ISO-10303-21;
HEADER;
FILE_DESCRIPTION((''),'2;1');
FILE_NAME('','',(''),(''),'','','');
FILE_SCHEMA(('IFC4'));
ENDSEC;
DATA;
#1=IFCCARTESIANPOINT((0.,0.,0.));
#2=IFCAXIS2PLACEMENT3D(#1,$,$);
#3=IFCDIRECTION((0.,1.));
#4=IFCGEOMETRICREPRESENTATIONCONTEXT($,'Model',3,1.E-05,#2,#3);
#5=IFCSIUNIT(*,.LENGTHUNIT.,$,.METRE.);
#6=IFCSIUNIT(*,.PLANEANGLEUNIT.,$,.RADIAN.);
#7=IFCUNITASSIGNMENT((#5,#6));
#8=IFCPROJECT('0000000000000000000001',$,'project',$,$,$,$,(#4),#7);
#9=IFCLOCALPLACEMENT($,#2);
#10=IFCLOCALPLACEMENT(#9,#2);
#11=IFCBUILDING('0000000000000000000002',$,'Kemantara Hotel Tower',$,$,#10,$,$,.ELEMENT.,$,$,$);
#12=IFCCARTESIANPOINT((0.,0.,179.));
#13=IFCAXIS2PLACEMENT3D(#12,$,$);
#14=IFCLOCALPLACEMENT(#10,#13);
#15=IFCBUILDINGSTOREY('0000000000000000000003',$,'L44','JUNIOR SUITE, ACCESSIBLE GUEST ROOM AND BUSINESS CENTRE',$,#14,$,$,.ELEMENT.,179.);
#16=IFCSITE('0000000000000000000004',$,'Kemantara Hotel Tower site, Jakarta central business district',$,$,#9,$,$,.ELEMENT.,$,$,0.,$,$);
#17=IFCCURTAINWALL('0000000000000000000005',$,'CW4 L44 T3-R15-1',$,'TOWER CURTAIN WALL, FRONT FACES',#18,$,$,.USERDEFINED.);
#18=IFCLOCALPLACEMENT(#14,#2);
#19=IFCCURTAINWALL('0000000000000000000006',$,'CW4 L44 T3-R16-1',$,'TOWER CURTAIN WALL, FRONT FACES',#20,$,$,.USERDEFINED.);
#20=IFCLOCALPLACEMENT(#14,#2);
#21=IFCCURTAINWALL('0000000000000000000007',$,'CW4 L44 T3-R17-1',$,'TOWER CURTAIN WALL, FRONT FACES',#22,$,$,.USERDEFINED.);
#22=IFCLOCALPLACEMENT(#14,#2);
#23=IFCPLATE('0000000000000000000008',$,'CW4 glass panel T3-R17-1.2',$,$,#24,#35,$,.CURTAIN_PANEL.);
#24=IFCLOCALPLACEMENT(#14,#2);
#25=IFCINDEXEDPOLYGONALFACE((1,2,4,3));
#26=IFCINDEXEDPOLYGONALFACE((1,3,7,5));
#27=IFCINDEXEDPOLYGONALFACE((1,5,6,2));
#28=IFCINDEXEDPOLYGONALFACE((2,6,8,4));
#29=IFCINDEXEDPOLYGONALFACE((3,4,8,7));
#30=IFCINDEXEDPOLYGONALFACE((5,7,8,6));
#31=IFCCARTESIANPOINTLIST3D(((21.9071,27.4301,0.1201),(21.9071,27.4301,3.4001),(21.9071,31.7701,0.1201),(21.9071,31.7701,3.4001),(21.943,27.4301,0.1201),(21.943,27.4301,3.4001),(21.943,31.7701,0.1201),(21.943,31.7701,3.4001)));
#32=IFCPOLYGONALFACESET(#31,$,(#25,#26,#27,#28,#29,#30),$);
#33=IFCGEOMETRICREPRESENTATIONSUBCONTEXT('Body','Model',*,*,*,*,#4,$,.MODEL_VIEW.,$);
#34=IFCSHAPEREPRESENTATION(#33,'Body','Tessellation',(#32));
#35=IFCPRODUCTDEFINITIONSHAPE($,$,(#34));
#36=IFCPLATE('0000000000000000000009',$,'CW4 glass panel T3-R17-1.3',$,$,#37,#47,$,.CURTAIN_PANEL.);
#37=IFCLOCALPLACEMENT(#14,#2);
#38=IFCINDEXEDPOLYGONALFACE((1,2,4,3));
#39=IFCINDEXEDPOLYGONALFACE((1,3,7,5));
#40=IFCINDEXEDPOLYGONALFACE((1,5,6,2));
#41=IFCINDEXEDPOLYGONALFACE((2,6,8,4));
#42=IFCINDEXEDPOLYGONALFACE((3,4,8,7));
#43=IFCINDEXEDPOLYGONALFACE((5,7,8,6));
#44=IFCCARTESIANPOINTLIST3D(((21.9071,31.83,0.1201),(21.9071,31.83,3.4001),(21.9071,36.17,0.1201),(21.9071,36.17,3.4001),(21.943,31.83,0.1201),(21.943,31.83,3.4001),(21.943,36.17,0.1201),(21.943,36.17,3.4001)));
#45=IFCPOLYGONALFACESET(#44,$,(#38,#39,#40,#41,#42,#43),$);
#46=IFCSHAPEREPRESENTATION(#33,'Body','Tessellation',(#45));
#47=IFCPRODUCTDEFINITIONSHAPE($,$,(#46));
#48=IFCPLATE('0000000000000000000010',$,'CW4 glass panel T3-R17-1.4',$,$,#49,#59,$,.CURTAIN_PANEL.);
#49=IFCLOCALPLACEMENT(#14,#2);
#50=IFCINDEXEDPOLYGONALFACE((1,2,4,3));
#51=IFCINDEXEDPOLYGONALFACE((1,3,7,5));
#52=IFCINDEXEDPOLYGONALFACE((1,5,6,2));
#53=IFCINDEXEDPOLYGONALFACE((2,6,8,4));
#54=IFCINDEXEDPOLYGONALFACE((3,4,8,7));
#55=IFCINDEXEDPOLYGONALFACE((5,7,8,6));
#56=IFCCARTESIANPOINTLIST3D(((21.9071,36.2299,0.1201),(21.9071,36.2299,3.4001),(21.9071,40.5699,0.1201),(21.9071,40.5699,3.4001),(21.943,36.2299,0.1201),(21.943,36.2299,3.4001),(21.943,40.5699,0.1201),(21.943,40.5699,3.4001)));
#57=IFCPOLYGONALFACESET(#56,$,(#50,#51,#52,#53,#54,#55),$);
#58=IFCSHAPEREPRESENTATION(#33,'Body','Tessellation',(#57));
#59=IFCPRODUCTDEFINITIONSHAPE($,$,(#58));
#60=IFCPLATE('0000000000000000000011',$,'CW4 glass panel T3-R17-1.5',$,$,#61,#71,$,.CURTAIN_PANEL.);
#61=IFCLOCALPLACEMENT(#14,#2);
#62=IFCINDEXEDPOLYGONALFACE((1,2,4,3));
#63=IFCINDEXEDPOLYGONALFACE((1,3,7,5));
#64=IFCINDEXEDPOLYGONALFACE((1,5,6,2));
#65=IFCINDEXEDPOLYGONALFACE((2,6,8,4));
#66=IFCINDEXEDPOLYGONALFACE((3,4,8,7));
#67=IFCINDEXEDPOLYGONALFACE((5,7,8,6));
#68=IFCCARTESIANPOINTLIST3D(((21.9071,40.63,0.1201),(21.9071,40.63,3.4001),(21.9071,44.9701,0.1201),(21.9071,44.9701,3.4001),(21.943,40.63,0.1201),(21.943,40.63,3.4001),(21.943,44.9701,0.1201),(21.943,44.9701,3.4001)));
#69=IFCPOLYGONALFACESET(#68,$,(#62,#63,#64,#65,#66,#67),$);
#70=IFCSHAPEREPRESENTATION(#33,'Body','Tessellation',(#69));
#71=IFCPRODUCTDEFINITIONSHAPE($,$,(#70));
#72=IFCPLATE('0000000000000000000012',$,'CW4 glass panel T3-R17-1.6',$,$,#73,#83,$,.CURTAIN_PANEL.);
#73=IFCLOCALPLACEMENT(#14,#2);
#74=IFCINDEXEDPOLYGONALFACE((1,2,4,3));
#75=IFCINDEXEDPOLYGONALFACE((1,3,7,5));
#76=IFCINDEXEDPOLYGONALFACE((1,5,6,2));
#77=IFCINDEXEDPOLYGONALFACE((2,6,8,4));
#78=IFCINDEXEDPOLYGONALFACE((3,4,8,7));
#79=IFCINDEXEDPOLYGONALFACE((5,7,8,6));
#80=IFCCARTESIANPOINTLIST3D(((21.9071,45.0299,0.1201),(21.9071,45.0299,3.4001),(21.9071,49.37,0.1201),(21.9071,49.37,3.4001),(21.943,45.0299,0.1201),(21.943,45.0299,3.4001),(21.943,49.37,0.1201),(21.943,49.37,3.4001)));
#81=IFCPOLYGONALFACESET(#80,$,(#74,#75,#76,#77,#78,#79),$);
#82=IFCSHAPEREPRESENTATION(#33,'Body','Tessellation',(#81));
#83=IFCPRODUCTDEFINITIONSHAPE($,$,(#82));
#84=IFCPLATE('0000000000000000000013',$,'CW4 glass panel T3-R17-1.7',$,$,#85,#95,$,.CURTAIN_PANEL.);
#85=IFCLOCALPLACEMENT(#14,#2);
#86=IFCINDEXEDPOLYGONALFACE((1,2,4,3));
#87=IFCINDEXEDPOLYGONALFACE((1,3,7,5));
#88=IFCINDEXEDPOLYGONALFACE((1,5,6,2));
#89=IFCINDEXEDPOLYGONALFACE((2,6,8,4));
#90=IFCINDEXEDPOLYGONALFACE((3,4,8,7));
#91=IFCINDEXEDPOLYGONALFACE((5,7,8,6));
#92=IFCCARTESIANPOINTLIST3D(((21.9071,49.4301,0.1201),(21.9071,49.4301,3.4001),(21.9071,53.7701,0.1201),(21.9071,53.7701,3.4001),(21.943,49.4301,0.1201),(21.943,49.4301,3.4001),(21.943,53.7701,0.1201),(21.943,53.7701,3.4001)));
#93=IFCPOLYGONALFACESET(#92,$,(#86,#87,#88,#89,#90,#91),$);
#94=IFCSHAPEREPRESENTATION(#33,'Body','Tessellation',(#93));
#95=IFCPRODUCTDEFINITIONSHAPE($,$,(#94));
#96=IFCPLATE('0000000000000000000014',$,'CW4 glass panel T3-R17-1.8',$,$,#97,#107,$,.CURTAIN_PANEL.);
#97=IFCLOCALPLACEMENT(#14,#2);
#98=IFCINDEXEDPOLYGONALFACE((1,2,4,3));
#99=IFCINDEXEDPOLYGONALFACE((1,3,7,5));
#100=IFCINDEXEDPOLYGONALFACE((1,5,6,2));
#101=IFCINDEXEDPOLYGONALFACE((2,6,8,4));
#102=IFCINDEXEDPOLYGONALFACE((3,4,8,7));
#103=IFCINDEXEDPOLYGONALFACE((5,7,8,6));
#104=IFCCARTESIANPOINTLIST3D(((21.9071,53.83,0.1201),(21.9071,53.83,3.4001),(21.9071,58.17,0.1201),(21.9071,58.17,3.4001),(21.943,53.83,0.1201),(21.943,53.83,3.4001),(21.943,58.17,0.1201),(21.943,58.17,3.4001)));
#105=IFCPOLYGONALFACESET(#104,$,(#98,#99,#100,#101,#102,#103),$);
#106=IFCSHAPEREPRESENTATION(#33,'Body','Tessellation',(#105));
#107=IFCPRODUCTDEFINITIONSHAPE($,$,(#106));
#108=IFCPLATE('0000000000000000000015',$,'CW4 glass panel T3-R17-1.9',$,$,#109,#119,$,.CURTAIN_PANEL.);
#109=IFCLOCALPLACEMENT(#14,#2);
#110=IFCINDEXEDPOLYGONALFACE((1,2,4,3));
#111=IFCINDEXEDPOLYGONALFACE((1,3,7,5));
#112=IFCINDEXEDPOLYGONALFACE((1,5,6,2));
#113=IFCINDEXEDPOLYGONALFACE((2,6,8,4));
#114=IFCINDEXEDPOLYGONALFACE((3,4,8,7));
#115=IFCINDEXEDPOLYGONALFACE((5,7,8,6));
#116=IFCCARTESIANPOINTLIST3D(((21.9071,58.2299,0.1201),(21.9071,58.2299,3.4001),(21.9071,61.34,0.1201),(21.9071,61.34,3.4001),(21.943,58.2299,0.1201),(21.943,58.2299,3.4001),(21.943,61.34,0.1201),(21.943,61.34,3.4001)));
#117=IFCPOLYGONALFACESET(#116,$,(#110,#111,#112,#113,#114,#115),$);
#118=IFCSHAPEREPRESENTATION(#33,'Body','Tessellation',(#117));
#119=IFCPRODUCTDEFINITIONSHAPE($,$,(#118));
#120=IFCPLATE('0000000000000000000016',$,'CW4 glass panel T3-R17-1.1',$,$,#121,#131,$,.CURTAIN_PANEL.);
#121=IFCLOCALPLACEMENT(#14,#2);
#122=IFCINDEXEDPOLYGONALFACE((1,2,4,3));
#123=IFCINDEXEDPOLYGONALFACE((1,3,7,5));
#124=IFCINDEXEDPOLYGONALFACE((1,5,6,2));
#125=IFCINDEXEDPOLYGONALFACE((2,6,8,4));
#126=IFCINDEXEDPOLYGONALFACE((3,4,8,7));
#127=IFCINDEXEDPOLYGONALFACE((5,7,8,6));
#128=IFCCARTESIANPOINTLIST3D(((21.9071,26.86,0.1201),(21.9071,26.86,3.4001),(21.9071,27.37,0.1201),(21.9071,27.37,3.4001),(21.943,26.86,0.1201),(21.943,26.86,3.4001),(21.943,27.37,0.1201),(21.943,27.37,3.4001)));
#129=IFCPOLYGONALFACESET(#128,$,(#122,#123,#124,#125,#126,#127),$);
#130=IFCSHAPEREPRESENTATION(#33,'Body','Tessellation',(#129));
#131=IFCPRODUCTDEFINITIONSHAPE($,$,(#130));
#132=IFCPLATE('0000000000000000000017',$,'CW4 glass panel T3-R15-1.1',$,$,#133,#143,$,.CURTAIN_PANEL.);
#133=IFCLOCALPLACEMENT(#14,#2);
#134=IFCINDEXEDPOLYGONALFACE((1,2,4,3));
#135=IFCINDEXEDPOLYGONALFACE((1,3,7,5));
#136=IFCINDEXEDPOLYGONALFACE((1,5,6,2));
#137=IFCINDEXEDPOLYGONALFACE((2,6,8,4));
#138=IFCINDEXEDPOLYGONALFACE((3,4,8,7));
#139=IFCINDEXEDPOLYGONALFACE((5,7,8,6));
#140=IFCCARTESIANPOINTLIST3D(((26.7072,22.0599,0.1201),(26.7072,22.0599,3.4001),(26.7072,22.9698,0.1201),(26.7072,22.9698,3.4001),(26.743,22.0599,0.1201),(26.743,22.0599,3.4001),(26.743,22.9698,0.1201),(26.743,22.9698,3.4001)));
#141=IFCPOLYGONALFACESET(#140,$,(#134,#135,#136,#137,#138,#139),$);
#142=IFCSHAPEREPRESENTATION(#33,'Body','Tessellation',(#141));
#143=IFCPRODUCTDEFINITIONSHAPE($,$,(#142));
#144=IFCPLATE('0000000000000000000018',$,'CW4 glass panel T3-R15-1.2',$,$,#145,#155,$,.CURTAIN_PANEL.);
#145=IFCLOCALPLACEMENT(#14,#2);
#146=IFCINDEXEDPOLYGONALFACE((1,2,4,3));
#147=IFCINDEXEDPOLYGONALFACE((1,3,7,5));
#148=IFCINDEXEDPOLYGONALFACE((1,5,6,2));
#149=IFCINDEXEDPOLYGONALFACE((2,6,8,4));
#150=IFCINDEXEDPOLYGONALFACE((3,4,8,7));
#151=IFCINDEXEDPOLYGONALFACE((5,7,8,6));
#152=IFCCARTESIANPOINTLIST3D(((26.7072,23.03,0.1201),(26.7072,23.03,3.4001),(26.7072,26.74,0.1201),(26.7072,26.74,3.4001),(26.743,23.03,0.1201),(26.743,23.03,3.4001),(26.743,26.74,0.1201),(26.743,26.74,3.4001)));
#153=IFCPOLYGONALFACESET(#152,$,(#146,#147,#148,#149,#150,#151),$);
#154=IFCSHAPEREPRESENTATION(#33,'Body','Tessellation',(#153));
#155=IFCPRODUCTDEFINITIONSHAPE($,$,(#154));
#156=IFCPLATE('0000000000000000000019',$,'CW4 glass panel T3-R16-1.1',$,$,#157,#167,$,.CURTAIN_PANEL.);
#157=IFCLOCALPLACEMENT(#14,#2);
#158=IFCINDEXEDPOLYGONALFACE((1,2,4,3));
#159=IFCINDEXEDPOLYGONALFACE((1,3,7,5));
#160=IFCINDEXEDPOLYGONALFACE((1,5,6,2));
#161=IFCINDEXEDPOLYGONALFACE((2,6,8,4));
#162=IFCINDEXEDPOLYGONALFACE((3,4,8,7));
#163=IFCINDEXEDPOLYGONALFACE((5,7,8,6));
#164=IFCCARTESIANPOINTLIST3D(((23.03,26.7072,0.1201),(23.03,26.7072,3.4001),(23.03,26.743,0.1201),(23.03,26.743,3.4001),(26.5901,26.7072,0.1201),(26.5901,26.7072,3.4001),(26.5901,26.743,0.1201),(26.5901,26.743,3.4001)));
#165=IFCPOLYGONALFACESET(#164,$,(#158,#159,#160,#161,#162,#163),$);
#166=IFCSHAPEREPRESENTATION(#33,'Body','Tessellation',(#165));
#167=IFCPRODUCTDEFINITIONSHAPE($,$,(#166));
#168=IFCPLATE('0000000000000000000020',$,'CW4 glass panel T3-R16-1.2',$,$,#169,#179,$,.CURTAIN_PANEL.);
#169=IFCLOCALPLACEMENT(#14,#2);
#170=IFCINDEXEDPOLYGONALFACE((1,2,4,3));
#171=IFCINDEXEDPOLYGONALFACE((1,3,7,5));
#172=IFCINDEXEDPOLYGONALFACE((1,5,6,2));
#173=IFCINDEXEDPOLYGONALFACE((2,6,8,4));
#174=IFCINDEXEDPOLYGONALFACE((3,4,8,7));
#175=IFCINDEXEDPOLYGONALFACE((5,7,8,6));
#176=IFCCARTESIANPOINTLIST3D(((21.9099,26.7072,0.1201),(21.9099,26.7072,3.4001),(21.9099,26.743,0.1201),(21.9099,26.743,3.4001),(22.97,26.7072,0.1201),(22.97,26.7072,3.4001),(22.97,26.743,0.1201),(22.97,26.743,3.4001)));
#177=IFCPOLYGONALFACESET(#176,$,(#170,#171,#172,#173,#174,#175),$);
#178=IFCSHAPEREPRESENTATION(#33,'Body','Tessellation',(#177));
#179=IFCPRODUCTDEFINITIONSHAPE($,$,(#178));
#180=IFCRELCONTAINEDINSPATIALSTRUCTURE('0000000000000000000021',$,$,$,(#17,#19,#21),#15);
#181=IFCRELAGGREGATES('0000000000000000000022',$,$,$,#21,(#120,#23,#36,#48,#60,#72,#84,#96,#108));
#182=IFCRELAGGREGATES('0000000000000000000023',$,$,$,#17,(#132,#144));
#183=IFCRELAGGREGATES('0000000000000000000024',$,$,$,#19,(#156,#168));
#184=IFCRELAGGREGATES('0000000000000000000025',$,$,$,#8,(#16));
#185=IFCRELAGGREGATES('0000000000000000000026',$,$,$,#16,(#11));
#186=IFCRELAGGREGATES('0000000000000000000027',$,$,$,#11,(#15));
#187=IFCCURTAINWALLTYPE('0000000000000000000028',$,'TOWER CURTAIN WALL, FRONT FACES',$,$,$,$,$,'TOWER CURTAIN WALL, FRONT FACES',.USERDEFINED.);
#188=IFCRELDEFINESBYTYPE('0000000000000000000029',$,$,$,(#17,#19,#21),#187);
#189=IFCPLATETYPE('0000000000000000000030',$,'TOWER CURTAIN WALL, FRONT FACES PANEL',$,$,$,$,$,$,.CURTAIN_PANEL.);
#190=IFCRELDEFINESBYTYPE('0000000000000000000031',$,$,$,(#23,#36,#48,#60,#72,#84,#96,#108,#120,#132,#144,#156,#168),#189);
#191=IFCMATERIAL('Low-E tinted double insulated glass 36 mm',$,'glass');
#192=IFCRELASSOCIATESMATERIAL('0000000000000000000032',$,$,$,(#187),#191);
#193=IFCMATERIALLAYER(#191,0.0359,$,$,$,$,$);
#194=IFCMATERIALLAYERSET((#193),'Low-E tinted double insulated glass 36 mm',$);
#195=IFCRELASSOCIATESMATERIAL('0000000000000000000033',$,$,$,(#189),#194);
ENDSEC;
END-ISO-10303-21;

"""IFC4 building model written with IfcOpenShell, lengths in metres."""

from ifc_helpers import new_model, si_unit, direction, frame, origin, origin_2d, place, context, subcontext, project, spatial, rectangle, extrude, source, transform, mapped, material, layer, layer_set, type_object, element, aggregate, save


model = new_model("IFC4")

# Units and contexts
model_context = context("Model", 3, precision=1e-05, world=origin(), true_north=direction((0.0, 1.0)))
body_context = subcontext(model_context, "Body", "Model", "MODEL_VIEW")
ifc_project = project(units=[si_unit("LENGTHUNIT", "METRE"), si_unit("PLANEANGLEUNIT", "RADIAN")], contexts=[model_context])

# Site, building, storey
site_placement = place(None, origin())
site = spatial("IfcSite", under=ifc_project, at=site_placement, Name="Kemantara Hotel Tower site, Jakarta central business district", CompositionType="ELEMENT", RefElevation=0.0)
building_placement = place(site_placement, origin())
building = spatial("IfcBuilding", under=site, at=building_placement, Name="Kemantara Hotel Tower", CompositionType="ELEMENT")
storey_placement = place(building_placement, frame((0.0, 0.0, 179.0)))
storey = spatial("IfcBuildingStorey", under=building, at=storey_placement, Name="L44", Description="JUNIOR SUITE, ACCESSIBLE GUEST ROOM AND BUSINESS CENTRE", CompositionType="ELEMENT", Elevation=179.0)

# Curtain walls
ifc_material_1 = material(Name="Low-E tinted double insulated glass 36 mm", Category="glass")
curtain_wall_type = type_object("IfcCurtainWallType", Name="TOWER CURTAIN WALL, FRONT FACES", ElementType="TOWER CURTAIN WALL, FRONT FACES", PredefinedType="USERDEFINED", material=ifc_material_1)
curtain_wall_1_placement = place(storey_placement, origin())
curtain_wall_1 = element("IfcCurtainWall", 1, at=curtain_wall_1_placement, inside=storey, type_object=curtain_wall_type, Name="CW4 L44 T3-R15-1", ObjectType="TOWER CURTAIN WALL, FRONT FACES", PredefinedType="USERDEFINED")
curtain_wall_2_placement = place(storey_placement, origin())
curtain_wall_2 = element("IfcCurtainWall", 2, at=curtain_wall_2_placement, inside=storey, type_object=curtain_wall_type, Name="CW4 L44 T3-R16-1", ObjectType="TOWER CURTAIN WALL, FRONT FACES", PredefinedType="USERDEFINED")

# Curtain wall, plates
curtain_wall_3_placement = place(storey_placement, origin())
curtain_wall_3 = element("IfcCurtainWall", 3, at=curtain_wall_3_placement, inside=storey, type_object=curtain_wall_type, Name="CW4 L44 T3-R17-1", ObjectType="TOWER CURTAIN WALL, FRONT FACES", PredefinedType="USERDEFINED")
ifc_layer_1 = layer(ifc_material_1, 0.0359)
ifc_layer_set_1 = layer_set([ifc_layer_1], Name="Low-E tinted double insulated glass 36 mm")
plate_type = type_object("IfcPlateType", Name="TOWER CURTAIN WALL, FRONT FACES PANEL", PredefinedType="CURTAIN_PANEL", material=ifc_layer_set_1)
shared_shape_1 = source(origin(), body_context, "Body", "SweptSolid", [
    extrude(rectangle(XDim=4.3401, YDim=0.0359, at=origin_2d()), origin(), (0.0, 0.0, 1.0), 3.28),
])
plate_1_placement = place(storey_placement, frame((21.925, 29.6001, 0.1201), z_axis=(0.0, 0.0, 1.0), x_axis=(0.0, 1.0, 0.0)))
plate_1 = element("IfcPlate", 4, at=plate_1_placement, type_object=plate_type, Name="CW4 glass panel T3-R17-1.2", PredefinedType="CURTAIN_PANEL", context=body_context, shape_type="MappedRepresentation", body=[
    mapped(shared_shape_1, transform((0.0, 0.0, 0.0))),
])
plate_2_placement = place(storey_placement, frame((21.925, 34.0, 0.1201), z_axis=(0.0, 0.0, 1.0), x_axis=(0.0, 1.0, 0.0)))
plate_2 = element("IfcPlate", 5, at=plate_2_placement, type_object=plate_type, Name="CW4 glass panel T3-R17-1.3", PredefinedType="CURTAIN_PANEL", context=body_context, shape_type="MappedRepresentation", body=[
    mapped(shared_shape_1, transform((0.0, 0.0, 0.0))),
])
plate_3_placement = place(storey_placement, frame((21.925, 38.3999, 0.1201), z_axis=(0.0, 0.0, 1.0), x_axis=(0.0, 1.0, 0.0)))
plate_3 = element("IfcPlate", 6, at=plate_3_placement, type_object=plate_type, Name="CW4 glass panel T3-R17-1.4", PredefinedType="CURTAIN_PANEL", context=body_context, shape_type="MappedRepresentation", body=[
    mapped(shared_shape_1, transform((0.0, 0.0, 0.0))),
])
plate_4_placement = place(storey_placement, frame((21.925, 42.8, 0.1201), z_axis=(0.0, 0.0, 1.0), x_axis=(0.0, 1.0, 0.0)))
plate_4 = element("IfcPlate", 7, at=plate_4_placement, type_object=plate_type, Name="CW4 glass panel T3-R17-1.5", PredefinedType="CURTAIN_PANEL", context=body_context, shape_type="MappedRepresentation", body=[
    mapped(shared_shape_1, transform((0.0, 0.0, 0.0))),
])
plate_5_placement = place(storey_placement, frame((21.925, 47.2, 0.1201), z_axis=(0.0, 0.0, 1.0), x_axis=(0.0, 1.0, 0.0)))
plate_5 = element("IfcPlate", 8, at=plate_5_placement, type_object=plate_type, Name="CW4 glass panel T3-R17-1.6", PredefinedType="CURTAIN_PANEL", context=body_context, shape_type="MappedRepresentation", body=[
    mapped(shared_shape_1, transform((0.0, 0.0, 0.0))),
])
plate_6_placement = place(storey_placement, frame((21.925, 51.6001, 0.1201), z_axis=(0.0, 0.0, 1.0), x_axis=(0.0, 1.0, 0.0)))
plate_6 = element("IfcPlate", 9, at=plate_6_placement, type_object=plate_type, Name="CW4 glass panel T3-R17-1.7", PredefinedType="CURTAIN_PANEL", context=body_context, shape_type="MappedRepresentation", body=[
    mapped(shared_shape_1, transform((0.0, 0.0, 0.0))),
])
plate_7_placement = place(storey_placement, frame((21.925, 56.0, 0.1201), z_axis=(0.0, 0.0, 1.0), x_axis=(0.0, 1.0, 0.0)))
plate_7 = element("IfcPlate", 10, at=plate_7_placement, type_object=plate_type, Name="CW4 glass panel T3-R17-1.8", PredefinedType="CURTAIN_PANEL", context=body_context, shape_type="MappedRepresentation", body=[
    mapped(shared_shape_1, transform((0.0, 0.0, 0.0))),
])
shared_shape_2 = source(origin(), body_context, "Body", "SweptSolid", [
    extrude(rectangle(XDim=3.1101, YDim=0.0359, at=origin_2d()), origin(), (0.0, 0.0, 1.0), 3.28),
])
plate_8_placement = place(storey_placement, frame((21.925, 59.7849, 0.1201), z_axis=(0.0, 0.0, 1.0), x_axis=(0.0, 1.0, 0.0)))
plate_8 = element("IfcPlate", 11, at=plate_8_placement, type_object=plate_type, Name="CW4 glass panel T3-R17-1.9", PredefinedType="CURTAIN_PANEL", context=body_context, shape_type="MappedRepresentation", body=[
    mapped(shared_shape_2, transform((0.0, 0.0, 0.0))),
])
shared_shape_3 = source(origin(), body_context, "Body", "SweptSolid", [
    extrude(rectangle(XDim=0.51, YDim=0.0359, at=origin_2d()), origin(), (0.0, 0.0, 1.0), 3.28),
])
plate_9_placement = place(storey_placement, frame((21.925, 27.115, 0.1201), z_axis=(0.0, 0.0, 1.0), x_axis=(0.0, 1.0, 0.0)))
plate_9 = element("IfcPlate", 12, at=plate_9_placement, type_object=plate_type, Name="CW4 glass panel T3-R17-1.1", PredefinedType="CURTAIN_PANEL", context=body_context, shape_type="MappedRepresentation", body=[
    mapped(shared_shape_3, transform((0.0, 0.0, 0.0))),
])
aggregate(curtain_wall_3, [plate_9, plate_1, plate_2, plate_3, plate_4, plate_5, plate_6, plate_7, plate_8])

# Plates
shared_shape_4 = source(origin(), body_context, "Body", "SweptSolid", [
    extrude(rectangle(XDim=0.9099, YDim=0.0359, at=origin_2d()), origin(), (0.0, 0.0, 1.0), 3.28),
])
plate_10_placement = place(storey_placement, frame((26.7251, 22.5149, 0.1201), z_axis=(0.0, 0.0, 1.0), x_axis=(0.0, 1.0, 0.0)))
plate_10 = element("IfcPlate", 13, at=plate_10_placement, type_object=plate_type, Name="CW4 glass panel T3-R15-1.1", PredefinedType="CURTAIN_PANEL", context=body_context, shape_type="MappedRepresentation", body=[
    mapped(shared_shape_4, transform((0.0, 0.0, 0.0))),
])
shared_shape_5 = source(origin(), body_context, "Body", "SweptSolid", [
    extrude(rectangle(XDim=3.71, YDim=0.0359, at=origin_2d()), origin(), (0.0, 0.0, 1.0), 3.28),
])
plate_11_placement = place(storey_placement, frame((26.7251, 24.885, 0.1201), z_axis=(0.0, 0.0, 1.0), x_axis=(0.0, 1.0, 0.0)))
plate_11 = element("IfcPlate", 14, at=plate_11_placement, type_object=plate_type, Name="CW4 glass panel T3-R15-1.2", PredefinedType="CURTAIN_PANEL", context=body_context, shape_type="MappedRepresentation", body=[
    mapped(shared_shape_5, transform((0.0, 0.0, 0.0))),
])
aggregate(curtain_wall_1, [plate_10, plate_11])
shared_shape_6 = source(origin(), body_context, "Body", "SweptSolid", [
    extrude(rectangle(XDim=3.5601, YDim=0.0359, at=origin_2d()), origin(), (0.0, 0.0, 1.0), 3.28),
])
plate_12_placement = place(storey_placement, frame((24.8101, 26.7251, 0.1201), z_axis=(0.0, 0.0, 1.0), x_axis=(-1.0, 0.0, 0.0)))
plate_12 = element("IfcPlate", 15, at=plate_12_placement, type_object=plate_type, Name="CW4 glass panel T3-R16-1.1", PredefinedType="CURTAIN_PANEL", context=body_context, shape_type="MappedRepresentation", body=[
    mapped(shared_shape_6, transform((0.0, 0.0, 0.0))),
])
shared_shape_7 = source(origin(), body_context, "Body", "SweptSolid", [
    extrude(rectangle(XDim=1.0601, YDim=0.0359, at=origin_2d()), origin(), (0.0, 0.0, 1.0), 3.28),
])
plate_13_placement = place(storey_placement, frame((22.4399, 26.7251, 0.1201), z_axis=(0.0, 0.0, 1.0), x_axis=(-1.0, 0.0, 0.0)))
plate_13 = element("IfcPlate", 16, at=plate_13_placement, type_object=plate_type, Name="CW4 glass panel T3-R16-1.2", PredefinedType="CURTAIN_PANEL", context=body_context, shape_type="MappedRepresentation", body=[
    mapped(shared_shape_7, transform((0.0, 0.0, 0.0))),
])
aggregate(curtain_wall_2, [plate_12, plate_13])

save(model, "model.ifc")
